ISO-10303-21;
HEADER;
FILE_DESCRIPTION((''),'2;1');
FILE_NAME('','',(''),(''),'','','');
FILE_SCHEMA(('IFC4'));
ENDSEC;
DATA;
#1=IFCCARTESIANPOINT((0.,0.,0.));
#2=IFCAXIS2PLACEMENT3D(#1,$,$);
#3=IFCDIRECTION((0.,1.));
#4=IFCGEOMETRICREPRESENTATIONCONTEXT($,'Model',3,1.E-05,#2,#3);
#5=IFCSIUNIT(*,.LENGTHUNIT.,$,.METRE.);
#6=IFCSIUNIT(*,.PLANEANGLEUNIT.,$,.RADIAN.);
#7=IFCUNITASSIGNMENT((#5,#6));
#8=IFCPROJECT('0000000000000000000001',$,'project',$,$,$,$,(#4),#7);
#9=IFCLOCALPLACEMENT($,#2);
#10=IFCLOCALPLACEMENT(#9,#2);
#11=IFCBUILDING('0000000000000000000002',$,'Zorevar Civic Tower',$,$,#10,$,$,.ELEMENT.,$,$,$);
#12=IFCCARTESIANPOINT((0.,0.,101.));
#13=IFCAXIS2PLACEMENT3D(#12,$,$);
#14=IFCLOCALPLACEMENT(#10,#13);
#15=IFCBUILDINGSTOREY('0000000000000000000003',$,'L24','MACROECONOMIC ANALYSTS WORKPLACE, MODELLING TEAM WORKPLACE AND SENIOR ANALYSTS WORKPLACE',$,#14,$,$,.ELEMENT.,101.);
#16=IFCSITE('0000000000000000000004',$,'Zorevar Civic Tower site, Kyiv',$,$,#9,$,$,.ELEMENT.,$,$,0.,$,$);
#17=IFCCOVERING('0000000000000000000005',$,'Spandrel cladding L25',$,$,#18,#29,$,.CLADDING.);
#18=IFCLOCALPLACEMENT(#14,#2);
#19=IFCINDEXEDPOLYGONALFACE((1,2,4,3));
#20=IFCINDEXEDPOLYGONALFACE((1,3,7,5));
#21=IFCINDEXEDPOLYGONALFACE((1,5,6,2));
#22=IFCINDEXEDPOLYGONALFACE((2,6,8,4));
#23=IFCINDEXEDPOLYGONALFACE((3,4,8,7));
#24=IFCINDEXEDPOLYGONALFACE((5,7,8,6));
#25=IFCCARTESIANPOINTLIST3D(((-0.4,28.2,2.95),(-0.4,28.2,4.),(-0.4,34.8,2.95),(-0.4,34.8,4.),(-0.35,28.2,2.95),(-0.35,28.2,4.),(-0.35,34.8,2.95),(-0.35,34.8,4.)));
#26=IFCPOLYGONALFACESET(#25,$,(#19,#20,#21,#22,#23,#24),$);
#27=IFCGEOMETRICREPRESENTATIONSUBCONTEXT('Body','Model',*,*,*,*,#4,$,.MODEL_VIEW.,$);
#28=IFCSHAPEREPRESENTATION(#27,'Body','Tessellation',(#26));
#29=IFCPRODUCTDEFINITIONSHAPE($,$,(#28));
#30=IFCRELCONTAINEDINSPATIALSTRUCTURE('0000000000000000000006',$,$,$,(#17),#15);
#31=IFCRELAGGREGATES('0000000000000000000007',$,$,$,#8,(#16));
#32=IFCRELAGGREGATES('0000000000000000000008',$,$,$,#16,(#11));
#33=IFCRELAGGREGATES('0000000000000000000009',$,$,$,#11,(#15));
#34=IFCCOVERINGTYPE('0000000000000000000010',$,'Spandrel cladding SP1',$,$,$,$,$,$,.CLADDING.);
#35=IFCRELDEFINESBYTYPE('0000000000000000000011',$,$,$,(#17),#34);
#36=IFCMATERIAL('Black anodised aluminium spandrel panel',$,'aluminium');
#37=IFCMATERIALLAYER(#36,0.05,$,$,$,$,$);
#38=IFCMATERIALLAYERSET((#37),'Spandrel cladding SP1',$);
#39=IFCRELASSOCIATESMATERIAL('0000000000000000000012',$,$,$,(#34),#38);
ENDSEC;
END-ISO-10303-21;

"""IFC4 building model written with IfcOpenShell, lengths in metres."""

from ifc_helpers import new_model, si_unit, direction, frame, frame_2d, origin, place, context, subcontext, project, spatial, rectangle, extrude, material, layer, layer_set, type_object, element, save


model = new_model("IFC4")

# Units and contexts
model_context = context("Model", 3, precision=1e-05, world=origin(), true_north=direction((0.0, 1.0)))
body_context = subcontext(model_context, "Body", "Model", "MODEL_VIEW")
ifc_project = project(units=[si_unit("LENGTHUNIT", "METRE"), si_unit("PLANEANGLEUNIT", "RADIAN")], contexts=[model_context])

# Site, building, storey
site_placement = place(None, origin())
site = spatial("IfcSite", under=ifc_project, at=site_placement, Name="Zorevar Civic Tower site, Kyiv", CompositionType="ELEMENT", RefElevation=0.0)
building_placement = place(site_placement, origin())
building = spatial("IfcBuilding", under=site, at=building_placement, Name="Zorevar Civic Tower", CompositionType="ELEMENT")
storey_placement = place(building_placement, frame((0.0, 0.0, 101.0)))
storey = spatial("IfcBuildingStorey", under=building, at=storey_placement, Name="L24", Description="MACROECONOMIC ANALYSTS WORKPLACE, MODELLING TEAM WORKPLACE AND SENIOR ANALYSTS WORKPLACE", CompositionType="ELEMENT", Elevation=101.0)

# Covering
ifc_material_1 = material(Name="Black anodised aluminium spandrel panel", Category="aluminium")
ifc_layer_1 = layer(ifc_material_1, 0.05)
ifc_layer_set_1 = layer_set([ifc_layer_1], Name="Spandrel cladding SP1")
covering_type = type_object("IfcCoveringType", Name="Spandrel cladding SP1", PredefinedType="CLADDING", material=ifc_layer_set_1)
for number, where, z_axis, x_axis, name in (
    (1, (-0.375, 28.2, 2.95), (0.0, 0.0, 1.0), (0.0, 1.0, 0.0), "Spandrel cladding L25"),
):
    element("IfcCovering", number, at=place(storey_placement, frame(where, z_axis=z_axis, x_axis=x_axis)), inside=storey, type_object=covering_type, Name=name, PredefinedType="CLADDING", context=body_context, shape_type="SweptSolid", body=[
        extrude(rectangle(XDim=6.6001, YDim=0.05, at=frame_2d((3.3, 0.0))), origin(), (0.0, 0.0, 1.0), 1.05),
    ])

save(model, "model.ifc")
